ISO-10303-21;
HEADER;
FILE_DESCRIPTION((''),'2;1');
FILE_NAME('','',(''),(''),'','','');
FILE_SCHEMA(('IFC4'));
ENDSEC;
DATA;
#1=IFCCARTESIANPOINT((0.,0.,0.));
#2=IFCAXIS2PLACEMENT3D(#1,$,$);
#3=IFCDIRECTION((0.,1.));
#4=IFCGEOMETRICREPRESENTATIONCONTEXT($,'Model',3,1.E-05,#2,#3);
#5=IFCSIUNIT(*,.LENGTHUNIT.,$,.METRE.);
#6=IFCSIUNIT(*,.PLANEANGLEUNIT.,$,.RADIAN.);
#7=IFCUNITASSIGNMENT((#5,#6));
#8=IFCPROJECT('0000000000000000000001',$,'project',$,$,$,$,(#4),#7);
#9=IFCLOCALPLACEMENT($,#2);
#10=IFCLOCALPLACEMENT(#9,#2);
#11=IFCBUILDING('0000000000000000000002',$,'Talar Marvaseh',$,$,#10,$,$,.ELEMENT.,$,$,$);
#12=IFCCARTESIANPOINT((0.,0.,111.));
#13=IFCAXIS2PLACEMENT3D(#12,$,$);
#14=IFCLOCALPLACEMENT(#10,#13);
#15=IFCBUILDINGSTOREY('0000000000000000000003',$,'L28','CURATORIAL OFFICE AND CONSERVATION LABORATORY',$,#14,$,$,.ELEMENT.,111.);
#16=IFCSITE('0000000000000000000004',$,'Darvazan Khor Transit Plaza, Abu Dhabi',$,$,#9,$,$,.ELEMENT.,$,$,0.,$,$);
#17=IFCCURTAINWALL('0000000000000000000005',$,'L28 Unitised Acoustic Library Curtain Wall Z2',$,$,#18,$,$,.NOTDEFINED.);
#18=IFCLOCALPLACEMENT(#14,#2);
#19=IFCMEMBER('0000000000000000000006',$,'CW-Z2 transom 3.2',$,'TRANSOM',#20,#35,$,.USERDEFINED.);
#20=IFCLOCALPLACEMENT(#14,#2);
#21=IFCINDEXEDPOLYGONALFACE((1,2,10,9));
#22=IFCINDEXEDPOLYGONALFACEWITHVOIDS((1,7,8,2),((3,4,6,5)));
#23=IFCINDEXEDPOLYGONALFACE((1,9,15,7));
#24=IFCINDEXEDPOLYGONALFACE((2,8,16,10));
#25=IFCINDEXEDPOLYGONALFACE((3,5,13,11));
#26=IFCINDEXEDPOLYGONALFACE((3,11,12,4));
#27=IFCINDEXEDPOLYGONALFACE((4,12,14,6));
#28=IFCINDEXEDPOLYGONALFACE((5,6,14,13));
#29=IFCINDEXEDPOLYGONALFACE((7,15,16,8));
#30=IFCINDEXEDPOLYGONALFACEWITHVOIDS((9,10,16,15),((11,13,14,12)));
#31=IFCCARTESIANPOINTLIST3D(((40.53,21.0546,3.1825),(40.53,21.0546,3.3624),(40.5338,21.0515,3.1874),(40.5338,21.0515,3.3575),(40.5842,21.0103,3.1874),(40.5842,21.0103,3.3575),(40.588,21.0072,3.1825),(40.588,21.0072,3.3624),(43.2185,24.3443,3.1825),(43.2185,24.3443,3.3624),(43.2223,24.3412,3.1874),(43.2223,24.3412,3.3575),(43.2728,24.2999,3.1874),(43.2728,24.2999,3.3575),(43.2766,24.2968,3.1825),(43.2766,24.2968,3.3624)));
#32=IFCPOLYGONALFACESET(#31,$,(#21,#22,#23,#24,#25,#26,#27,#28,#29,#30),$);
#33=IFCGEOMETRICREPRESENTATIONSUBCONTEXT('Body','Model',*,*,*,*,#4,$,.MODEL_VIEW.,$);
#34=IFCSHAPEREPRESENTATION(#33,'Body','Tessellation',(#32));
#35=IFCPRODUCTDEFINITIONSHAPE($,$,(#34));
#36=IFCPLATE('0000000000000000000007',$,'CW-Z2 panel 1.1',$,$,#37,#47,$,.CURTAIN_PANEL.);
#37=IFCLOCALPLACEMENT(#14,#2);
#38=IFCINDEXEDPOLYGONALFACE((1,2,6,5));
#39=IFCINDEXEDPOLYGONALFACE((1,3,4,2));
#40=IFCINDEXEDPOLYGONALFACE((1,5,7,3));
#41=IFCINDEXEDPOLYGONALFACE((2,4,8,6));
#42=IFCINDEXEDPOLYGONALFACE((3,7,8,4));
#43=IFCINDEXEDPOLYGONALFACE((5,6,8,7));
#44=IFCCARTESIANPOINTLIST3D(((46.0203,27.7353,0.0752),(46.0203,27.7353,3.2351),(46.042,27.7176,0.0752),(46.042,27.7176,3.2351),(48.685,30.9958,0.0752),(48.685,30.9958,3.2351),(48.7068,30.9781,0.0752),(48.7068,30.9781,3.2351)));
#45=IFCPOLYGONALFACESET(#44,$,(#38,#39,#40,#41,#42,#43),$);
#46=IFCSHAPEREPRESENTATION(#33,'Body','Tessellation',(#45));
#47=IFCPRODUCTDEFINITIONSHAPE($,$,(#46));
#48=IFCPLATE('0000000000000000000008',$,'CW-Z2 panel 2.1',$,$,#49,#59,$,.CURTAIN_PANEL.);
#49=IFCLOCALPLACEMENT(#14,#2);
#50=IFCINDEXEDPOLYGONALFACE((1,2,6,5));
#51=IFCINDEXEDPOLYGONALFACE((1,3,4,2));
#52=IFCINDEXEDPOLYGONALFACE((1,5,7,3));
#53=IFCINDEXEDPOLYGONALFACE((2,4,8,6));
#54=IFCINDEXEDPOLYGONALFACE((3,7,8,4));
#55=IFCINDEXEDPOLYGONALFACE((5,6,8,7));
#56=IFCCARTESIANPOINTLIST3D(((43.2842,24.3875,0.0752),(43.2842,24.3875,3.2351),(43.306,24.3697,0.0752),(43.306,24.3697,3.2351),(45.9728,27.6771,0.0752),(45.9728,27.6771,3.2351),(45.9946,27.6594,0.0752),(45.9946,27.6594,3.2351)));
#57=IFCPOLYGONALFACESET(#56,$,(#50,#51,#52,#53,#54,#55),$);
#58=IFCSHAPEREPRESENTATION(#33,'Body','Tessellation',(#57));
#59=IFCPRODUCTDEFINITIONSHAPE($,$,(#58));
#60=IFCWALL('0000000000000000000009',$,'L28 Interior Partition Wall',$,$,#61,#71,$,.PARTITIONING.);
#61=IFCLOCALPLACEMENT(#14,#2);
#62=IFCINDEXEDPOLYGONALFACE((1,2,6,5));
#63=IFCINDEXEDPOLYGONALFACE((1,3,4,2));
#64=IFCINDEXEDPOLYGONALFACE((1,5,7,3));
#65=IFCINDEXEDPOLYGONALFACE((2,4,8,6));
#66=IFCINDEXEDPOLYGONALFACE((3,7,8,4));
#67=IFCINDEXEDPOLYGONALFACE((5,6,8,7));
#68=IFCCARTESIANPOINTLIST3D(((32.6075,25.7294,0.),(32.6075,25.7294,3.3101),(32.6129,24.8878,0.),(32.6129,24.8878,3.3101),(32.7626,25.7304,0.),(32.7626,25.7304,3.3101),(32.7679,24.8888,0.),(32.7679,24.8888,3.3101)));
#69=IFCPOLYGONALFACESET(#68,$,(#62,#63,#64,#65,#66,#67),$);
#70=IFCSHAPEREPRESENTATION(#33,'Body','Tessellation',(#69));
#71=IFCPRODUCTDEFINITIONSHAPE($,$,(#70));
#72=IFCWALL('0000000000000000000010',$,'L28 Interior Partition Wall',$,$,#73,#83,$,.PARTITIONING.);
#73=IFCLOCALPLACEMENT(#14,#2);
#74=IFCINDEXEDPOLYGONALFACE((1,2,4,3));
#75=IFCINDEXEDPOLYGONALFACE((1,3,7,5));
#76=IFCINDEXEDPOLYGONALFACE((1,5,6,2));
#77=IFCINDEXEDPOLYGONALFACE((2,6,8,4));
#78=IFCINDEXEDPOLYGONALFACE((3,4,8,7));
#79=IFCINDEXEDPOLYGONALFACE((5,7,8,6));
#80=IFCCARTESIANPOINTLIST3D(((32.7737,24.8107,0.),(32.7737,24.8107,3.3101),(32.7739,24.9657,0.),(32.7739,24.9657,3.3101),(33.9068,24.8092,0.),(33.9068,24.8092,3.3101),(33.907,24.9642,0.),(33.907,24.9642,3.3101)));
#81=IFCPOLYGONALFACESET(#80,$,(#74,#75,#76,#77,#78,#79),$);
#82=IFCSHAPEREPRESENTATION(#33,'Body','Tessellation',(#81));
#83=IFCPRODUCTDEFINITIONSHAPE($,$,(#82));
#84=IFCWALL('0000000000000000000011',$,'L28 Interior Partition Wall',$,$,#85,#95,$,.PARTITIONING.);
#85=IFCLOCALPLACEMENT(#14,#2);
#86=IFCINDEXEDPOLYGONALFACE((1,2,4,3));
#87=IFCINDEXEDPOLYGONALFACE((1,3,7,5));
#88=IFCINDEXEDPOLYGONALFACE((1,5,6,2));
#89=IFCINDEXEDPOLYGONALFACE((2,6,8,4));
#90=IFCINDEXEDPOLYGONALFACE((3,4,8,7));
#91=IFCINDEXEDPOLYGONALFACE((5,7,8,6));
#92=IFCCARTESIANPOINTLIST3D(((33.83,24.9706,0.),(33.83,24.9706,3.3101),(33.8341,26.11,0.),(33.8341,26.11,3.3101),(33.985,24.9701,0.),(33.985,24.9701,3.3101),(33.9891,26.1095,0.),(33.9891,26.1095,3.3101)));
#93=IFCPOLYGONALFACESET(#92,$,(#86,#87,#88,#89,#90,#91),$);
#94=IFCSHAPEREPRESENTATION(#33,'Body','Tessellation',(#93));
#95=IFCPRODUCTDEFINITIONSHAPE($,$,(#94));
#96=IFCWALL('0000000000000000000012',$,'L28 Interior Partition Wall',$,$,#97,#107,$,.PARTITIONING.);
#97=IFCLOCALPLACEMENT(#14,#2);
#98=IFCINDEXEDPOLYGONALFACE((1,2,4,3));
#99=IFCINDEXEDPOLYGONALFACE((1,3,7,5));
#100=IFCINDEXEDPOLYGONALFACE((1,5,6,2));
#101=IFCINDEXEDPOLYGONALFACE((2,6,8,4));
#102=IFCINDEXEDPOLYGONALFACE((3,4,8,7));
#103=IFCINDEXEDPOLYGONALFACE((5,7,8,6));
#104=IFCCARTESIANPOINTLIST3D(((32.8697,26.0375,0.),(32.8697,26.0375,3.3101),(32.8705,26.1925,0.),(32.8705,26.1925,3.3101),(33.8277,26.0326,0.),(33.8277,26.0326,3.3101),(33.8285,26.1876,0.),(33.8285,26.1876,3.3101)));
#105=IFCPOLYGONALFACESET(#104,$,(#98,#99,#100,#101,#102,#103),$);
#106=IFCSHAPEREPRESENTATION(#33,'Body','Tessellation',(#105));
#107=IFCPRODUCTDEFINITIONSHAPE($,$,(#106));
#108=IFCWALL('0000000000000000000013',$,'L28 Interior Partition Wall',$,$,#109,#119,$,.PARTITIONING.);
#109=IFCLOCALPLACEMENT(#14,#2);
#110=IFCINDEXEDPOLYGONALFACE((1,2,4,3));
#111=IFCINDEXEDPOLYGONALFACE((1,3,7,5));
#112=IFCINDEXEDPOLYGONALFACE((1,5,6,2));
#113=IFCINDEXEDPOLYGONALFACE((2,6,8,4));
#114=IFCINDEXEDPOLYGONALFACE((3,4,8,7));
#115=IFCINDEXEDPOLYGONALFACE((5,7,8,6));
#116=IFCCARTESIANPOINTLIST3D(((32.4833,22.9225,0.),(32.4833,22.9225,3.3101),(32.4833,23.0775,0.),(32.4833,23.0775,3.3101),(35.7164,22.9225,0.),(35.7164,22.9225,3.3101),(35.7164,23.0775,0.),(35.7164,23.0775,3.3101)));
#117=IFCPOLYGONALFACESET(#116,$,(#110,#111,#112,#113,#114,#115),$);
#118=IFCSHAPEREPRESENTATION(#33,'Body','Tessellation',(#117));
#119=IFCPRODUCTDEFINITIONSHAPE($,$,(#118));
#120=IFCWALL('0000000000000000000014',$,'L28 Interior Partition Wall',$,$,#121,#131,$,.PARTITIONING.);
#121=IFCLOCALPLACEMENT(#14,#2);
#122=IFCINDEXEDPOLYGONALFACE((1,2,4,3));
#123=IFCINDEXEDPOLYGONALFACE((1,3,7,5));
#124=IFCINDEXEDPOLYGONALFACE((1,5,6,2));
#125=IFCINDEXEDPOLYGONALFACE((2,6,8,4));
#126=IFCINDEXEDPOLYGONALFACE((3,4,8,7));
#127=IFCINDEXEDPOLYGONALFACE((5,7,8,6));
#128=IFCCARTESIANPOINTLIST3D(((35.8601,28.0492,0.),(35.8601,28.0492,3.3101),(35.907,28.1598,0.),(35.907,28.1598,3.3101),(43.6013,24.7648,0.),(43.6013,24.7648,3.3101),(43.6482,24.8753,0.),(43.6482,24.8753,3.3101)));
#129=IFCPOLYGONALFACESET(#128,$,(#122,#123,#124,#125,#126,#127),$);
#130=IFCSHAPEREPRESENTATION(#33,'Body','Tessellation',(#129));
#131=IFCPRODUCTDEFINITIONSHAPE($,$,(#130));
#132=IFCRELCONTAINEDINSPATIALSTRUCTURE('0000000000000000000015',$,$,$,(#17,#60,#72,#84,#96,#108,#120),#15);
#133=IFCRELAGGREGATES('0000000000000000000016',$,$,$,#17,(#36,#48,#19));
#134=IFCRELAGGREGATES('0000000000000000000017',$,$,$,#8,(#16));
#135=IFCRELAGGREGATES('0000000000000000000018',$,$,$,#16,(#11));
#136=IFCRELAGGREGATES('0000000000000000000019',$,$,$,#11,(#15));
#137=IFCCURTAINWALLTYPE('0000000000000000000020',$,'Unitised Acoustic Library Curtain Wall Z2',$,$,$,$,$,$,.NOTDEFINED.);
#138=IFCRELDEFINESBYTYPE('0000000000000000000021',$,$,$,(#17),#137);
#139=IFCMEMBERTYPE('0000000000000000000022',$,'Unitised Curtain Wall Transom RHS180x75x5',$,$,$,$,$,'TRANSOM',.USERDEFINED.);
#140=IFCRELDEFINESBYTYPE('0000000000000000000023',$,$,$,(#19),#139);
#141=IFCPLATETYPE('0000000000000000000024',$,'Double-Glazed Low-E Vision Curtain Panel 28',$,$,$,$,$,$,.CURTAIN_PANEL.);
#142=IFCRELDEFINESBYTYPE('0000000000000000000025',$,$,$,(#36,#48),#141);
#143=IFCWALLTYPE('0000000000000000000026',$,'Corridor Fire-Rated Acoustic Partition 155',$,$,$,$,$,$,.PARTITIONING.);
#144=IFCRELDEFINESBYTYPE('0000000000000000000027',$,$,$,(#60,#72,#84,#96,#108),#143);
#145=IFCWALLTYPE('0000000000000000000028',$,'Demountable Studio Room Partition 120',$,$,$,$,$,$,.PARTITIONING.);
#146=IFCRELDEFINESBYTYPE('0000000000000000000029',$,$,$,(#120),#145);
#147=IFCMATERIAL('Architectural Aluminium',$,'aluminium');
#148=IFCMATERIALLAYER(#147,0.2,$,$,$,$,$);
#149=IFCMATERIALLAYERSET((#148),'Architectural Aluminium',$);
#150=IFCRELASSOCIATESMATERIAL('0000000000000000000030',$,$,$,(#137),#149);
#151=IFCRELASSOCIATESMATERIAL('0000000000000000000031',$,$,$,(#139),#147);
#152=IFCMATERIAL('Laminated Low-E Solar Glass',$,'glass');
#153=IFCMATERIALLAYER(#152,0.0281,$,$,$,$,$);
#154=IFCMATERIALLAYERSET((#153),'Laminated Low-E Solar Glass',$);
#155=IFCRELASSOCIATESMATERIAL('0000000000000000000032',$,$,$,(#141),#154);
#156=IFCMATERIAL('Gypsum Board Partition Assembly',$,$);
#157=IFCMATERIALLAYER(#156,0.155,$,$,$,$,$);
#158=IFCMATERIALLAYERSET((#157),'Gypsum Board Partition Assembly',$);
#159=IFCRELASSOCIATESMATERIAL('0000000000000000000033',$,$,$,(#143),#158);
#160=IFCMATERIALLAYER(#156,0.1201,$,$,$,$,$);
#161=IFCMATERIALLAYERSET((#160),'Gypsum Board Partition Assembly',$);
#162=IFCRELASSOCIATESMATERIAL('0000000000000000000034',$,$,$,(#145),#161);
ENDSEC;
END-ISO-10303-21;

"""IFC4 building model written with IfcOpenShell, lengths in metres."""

from ifc_helpers import new_model, si_unit, direction, frame, frame_2d, origin, origin_2d, place, context, subcontext, project, spatial, rectangle, hollow_rectangle, extrude, source, transform, mapped, material, layer, layer_set, material_profile, profile_set, type_object, type_shapes, element, aggregate, save


model = new_model("IFC4")

# Units and contexts
model_context = context("Model", 3, precision=1e-05, world=origin(), true_north=direction((0.0, 1.0)))
body_context = subcontext(model_context, "Body", "Model", "MODEL_VIEW")
ifc_project = project(units=[si_unit("LENGTHUNIT", "METRE"), si_unit("PLANEANGLEUNIT", "RADIAN")], contexts=[model_context])

# Site, building, storey
site_placement = place(None, origin())
site = spatial("IfcSite", under=ifc_project, at=site_placement, Name="Darvazan Khor Transit Plaza, Abu Dhabi", CompositionType="ELEMENT", RefElevation=0.0)
building_placement = place(site_placement, origin())
building = spatial("IfcBuilding", under=site, at=building_placement, Name="Talar Marvaseh", CompositionType="ELEMENT")
storey_placement = place(building_placement, frame((0.0, 0.0, 111.0)))
storey = spatial("IfcBuildingStorey", under=building, at=storey_placement, Name="L28", Description="CURATORIAL OFFICE AND CONSERVATION LABORATORY", CompositionType="ELEMENT", Elevation=111.0)

# Curtain wall, member, plates
ifc_material_1 = material(Name="Architectural Aluminium", Category="aluminium")
ifc_layer_1 = layer(ifc_material_1, 0.2)
ifc_layer_set_1 = layer_set([ifc_layer_1], Name="Architectural Aluminium")
curtain_wall_type = type_object("IfcCurtainWallType", Name="Unitised Acoustic Library Curtain Wall Z2", PredefinedType="NOTDEFINED", material=ifc_layer_set_1)
curtain_wall_placement = place(storey_placement, origin())
curtain_wall = element("IfcCurtainWall", 1, at=curtain_wall_placement, inside=storey, type_object=curtain_wall_type, Name="L28 Unitised Acoustic Library Curtain Wall Z2", PredefinedType="NOTDEFINED")
ifc_material_profile_1 = material_profile(ifc_material_1, hollow_rectangle(XDim=0.075, YDim=0.1799, WallThickness=0.0049, at=origin_2d()), Name="RHS180x75x5")
ifc_profile_set_1 = profile_set([ifc_material_profile_1], Name="Architectural Aluminium")
member_type_1 = type_object("IfcMemberType", Name="Unitised Curtain Wall Transom RHS180x75x5", ElementType="TRANSOM", PredefinedType="USERDEFINED", material=ifc_profile_set_1)
shared_shape_1 = source(origin(), body_context, "Body", "SweptSolid", [
    extrude(hollow_rectangle(XDim=0.075, YDim=0.1799, WallThickness=0.0049, at=origin_2d()), origin(), (0.0, 0.0, 1.0), 4.2485),
])
type_shapes(member_type_1, [shared_shape_1])
member_1_placement = place(storey_placement, frame((43.2476, 24.3206, 3.2725), z_axis=(-0.632818, -0.7743, 0.0), x_axis=(0.7743, -0.632818, 0.0)))
member_1 = element("IfcMember", 2, at=member_1_placement, type_object=member_type_1, Name="CW-Z2 transom 3.2", ObjectType="TRANSOM", PredefinedType="USERDEFINED", context=body_context, shape_type="MappedRepresentation", body=[
    mapped(shared_shape_1, transform((0.0, 0.0, 0.0), x_axis=(1.0, 0.0, 0.0), y_axis=(0.0, 1.0, 0.0), z_axis=(0.0, 0.0, 1.0), scale=1.0)),
])
ifc_material_2 = material(Name="Laminated Low-E Solar Glass", Category="glass")
ifc_layer_2 = layer(ifc_material_2, 0.0281)
ifc_layer_set_2 = layer_set([ifc_layer_2], Name="Laminated Low-E Solar Glass")
plate_type = type_object("IfcPlateType", Name="Double-Glazed Low-E Vision Curtain Panel 28", PredefinedType="CURTAIN_PANEL", material=ifc_layer_set_2)
shared_shape_2 = source(origin(), body_context, "Body", "SweptSolid", [
    extrude(rectangle(XDim=4.2109, YDim=0.0281, at=origin_2d()), origin(), (0.0, 0.0, 1.0), 3.1599),
])
plate_1_placement = place(storey_placement, frame((47.3635, 29.3567, 0.0752), z_axis=(0.0, 0.0, 1.0), x_axis=(-0.632824, -0.774296, 0.0)))
plate_1 = element("IfcPlate", 3, at=plate_1_placement, type_object=plate_type, Name="CW-Z2 panel 1.1", PredefinedType="CURTAIN_PANEL", context=body_context, shape_type="MappedRepresentation", body=[
    mapped(shared_shape_2, transform((0.0, 0.0, 0.0), x_axis=(1.0, 0.0, 0.0), y_axis=(0.0, 1.0, 0.0), z_axis=(0.0, 0.0, 1.0), scale=1.0)),
])
shared_shape_3 = source(origin(), body_context, "Body", "SweptSolid", [
    extrude(rectangle(XDim=4.2485, YDim=0.0281, at=origin_2d()), origin(), (0.0, 0.0, 1.0), 3.1599),
])
type_shapes(plate_type, [shared_shape_2, shared_shape_3])
plate_2_placement = place(storey_placement, frame((44.6394, 26.0234, 0.0752), z_axis=(0.0, 0.0, 1.0), x_axis=(-0.632824, -0.774296, 0.0)))
plate_2 = element("IfcPlate", 4, at=plate_2_placement, type_object=plate_type, Name="CW-Z2 panel 2.1", PredefinedType="CURTAIN_PANEL", context=body_context, shape_type="MappedRepresentation", body=[
    mapped(shared_shape_3, transform((0.0, 0.0, 0.0), x_axis=(1.0, 0.0, 0.0), y_axis=(0.0, 1.0, 0.0), z_axis=(0.0, 0.0, 1.0), scale=1.0)),
])
aggregate(curtain_wall, [plate_1, plate_2, member_1])

# Walls
ifc_material_3 = material(Name="Gypsum Board Partition Assembly")
ifc_layer_3 = layer(ifc_material_3, 0.155)
ifc_layer_set_3 = layer_set([ifc_layer_3], Name="Gypsum Board Partition Assembly")
wall_type_1 = type_object("IfcWallType", Name="Corridor Fire-Rated Acoustic Partition 155", PredefinedType="PARTITIONING", material=ifc_layer_set_3)
wall_1_placement = place(storey_placement, frame((32.6851, 25.73, 0.0), z_axis=(0.0, 0.0, 1.0), x_axis=(0.006382, -0.99998, 0.0)))
element("IfcWall", 5, at=wall_1_placement, inside=storey, type_object=wall_type_1, Name="L28 Interior Partition Wall", PredefinedType="PARTITIONING", context=body_context, shape_type="SweptSolid", body=[
    extrude(rectangle(XDim=0.8416, YDim=0.155, at=frame_2d((0.4209, 0.0))), origin(), (0.0, 0.0, 1.0), 3.3101),
])
wall_2_placement = place(storey_placement, frame((32.7739, 24.8882, 0.0), z_axis=(0.0, 0.0, 1.0), x_axis=(0.999999, -0.001293, 0.0)))
element("IfcWall", 6, at=wall_2_placement, inside=storey, type_object=wall_type_1, Name="L28 Interior Partition Wall", PredefinedType="PARTITIONING", context=body_context, shape_type="SweptSolid", body=[
    extrude(rectangle(XDim=1.1331, YDim=0.155, at=frame_2d((0.5664, 0.0))), origin(), (0.0, 0.0, 1.0), 3.3101),
])
wall_3_placement = place(storey_placement, frame((33.9075, 24.9702, 0.0), z_axis=(0.0, 0.0, 1.0), x_axis=(0.003643, 0.999993, 0.0)))
element("IfcWall", 7, at=wall_3_placement, inside=storey, type_object=wall_type_1, Name="L28 Interior Partition Wall", PredefinedType="PARTITIONING", context=body_context, shape_type="SweptSolid", body=[
    extrude(rectangle(XDim=1.1394, YDim=0.155, at=frame_2d((0.5698, 0.0))), origin(), (0.0, 0.0, 1.0), 3.3101),
])
wall_4_placement = place(storey_placement, frame((33.8281, 26.1101, 0.0), z_axis=(0.0, 0.0, 1.0), x_axis=(-0.999987, 0.005097, 0.0)))
element("IfcWall", 8, at=wall_4_placement, inside=storey, type_object=wall_type_1, Name="L28 Interior Partition Wall", PredefinedType="PARTITIONING", context=body_context, shape_type="SweptSolid", body=[
    extrude(rectangle(XDim=0.958, YDim=0.155, at=frame_2d((0.479, 0.0))), origin(), (0.0, 0.0, 1.0), 3.3101),
])
wall_5_placement = place(storey_placement, frame((35.7166, 23.0, 0.0), z_axis=(0.0, 0.0, 1.0), x_axis=(-1.0, 0.0, 0.0)))
element("IfcWall", 9, at=wall_5_placement, inside=storey, type_object=wall_type_1, Name="L28 Interior Partition Wall", PredefinedType="PARTITIONING", context=body_context, shape_type="SweptSolid", body=[
    extrude(rectangle(XDim=3.2332, YDim=0.155, at=frame_2d((1.6167, 0.0))), origin(), (0.0, 0.0, 1.0), 3.3101),
])
ifc_layer_4 = layer(ifc_material_3, 0.1201)
ifc_layer_set_4 = layer_set([ifc_layer_4], Name="Gypsum Board Partition Assembly")
wall_type_2 = type_object("IfcWallType", Name="Demountable Studio Room Partition 120", PredefinedType="PARTITIONING", material=ifc_layer_set_4)
wall_6_placement = place(storey_placement, frame((35.8835, 28.1045, 0.0), z_axis=(0.0, 0.0, 1.0), x_axis=(0.92057, -0.390577, 0.0)))
element("IfcWall", 10, at=wall_6_placement, inside=storey, type_object=wall_type_2, Name="L28 Interior Partition Wall", PredefinedType="PARTITIONING", context=body_context, shape_type="SweptSolid", body=[
    extrude(rectangle(XDim=8.4092, YDim=0.1201, at=frame_2d((4.2046, 0.0))), origin(), (0.0, 0.0, 1.0), 3.3101),
])

save(model, "model.ifc")
